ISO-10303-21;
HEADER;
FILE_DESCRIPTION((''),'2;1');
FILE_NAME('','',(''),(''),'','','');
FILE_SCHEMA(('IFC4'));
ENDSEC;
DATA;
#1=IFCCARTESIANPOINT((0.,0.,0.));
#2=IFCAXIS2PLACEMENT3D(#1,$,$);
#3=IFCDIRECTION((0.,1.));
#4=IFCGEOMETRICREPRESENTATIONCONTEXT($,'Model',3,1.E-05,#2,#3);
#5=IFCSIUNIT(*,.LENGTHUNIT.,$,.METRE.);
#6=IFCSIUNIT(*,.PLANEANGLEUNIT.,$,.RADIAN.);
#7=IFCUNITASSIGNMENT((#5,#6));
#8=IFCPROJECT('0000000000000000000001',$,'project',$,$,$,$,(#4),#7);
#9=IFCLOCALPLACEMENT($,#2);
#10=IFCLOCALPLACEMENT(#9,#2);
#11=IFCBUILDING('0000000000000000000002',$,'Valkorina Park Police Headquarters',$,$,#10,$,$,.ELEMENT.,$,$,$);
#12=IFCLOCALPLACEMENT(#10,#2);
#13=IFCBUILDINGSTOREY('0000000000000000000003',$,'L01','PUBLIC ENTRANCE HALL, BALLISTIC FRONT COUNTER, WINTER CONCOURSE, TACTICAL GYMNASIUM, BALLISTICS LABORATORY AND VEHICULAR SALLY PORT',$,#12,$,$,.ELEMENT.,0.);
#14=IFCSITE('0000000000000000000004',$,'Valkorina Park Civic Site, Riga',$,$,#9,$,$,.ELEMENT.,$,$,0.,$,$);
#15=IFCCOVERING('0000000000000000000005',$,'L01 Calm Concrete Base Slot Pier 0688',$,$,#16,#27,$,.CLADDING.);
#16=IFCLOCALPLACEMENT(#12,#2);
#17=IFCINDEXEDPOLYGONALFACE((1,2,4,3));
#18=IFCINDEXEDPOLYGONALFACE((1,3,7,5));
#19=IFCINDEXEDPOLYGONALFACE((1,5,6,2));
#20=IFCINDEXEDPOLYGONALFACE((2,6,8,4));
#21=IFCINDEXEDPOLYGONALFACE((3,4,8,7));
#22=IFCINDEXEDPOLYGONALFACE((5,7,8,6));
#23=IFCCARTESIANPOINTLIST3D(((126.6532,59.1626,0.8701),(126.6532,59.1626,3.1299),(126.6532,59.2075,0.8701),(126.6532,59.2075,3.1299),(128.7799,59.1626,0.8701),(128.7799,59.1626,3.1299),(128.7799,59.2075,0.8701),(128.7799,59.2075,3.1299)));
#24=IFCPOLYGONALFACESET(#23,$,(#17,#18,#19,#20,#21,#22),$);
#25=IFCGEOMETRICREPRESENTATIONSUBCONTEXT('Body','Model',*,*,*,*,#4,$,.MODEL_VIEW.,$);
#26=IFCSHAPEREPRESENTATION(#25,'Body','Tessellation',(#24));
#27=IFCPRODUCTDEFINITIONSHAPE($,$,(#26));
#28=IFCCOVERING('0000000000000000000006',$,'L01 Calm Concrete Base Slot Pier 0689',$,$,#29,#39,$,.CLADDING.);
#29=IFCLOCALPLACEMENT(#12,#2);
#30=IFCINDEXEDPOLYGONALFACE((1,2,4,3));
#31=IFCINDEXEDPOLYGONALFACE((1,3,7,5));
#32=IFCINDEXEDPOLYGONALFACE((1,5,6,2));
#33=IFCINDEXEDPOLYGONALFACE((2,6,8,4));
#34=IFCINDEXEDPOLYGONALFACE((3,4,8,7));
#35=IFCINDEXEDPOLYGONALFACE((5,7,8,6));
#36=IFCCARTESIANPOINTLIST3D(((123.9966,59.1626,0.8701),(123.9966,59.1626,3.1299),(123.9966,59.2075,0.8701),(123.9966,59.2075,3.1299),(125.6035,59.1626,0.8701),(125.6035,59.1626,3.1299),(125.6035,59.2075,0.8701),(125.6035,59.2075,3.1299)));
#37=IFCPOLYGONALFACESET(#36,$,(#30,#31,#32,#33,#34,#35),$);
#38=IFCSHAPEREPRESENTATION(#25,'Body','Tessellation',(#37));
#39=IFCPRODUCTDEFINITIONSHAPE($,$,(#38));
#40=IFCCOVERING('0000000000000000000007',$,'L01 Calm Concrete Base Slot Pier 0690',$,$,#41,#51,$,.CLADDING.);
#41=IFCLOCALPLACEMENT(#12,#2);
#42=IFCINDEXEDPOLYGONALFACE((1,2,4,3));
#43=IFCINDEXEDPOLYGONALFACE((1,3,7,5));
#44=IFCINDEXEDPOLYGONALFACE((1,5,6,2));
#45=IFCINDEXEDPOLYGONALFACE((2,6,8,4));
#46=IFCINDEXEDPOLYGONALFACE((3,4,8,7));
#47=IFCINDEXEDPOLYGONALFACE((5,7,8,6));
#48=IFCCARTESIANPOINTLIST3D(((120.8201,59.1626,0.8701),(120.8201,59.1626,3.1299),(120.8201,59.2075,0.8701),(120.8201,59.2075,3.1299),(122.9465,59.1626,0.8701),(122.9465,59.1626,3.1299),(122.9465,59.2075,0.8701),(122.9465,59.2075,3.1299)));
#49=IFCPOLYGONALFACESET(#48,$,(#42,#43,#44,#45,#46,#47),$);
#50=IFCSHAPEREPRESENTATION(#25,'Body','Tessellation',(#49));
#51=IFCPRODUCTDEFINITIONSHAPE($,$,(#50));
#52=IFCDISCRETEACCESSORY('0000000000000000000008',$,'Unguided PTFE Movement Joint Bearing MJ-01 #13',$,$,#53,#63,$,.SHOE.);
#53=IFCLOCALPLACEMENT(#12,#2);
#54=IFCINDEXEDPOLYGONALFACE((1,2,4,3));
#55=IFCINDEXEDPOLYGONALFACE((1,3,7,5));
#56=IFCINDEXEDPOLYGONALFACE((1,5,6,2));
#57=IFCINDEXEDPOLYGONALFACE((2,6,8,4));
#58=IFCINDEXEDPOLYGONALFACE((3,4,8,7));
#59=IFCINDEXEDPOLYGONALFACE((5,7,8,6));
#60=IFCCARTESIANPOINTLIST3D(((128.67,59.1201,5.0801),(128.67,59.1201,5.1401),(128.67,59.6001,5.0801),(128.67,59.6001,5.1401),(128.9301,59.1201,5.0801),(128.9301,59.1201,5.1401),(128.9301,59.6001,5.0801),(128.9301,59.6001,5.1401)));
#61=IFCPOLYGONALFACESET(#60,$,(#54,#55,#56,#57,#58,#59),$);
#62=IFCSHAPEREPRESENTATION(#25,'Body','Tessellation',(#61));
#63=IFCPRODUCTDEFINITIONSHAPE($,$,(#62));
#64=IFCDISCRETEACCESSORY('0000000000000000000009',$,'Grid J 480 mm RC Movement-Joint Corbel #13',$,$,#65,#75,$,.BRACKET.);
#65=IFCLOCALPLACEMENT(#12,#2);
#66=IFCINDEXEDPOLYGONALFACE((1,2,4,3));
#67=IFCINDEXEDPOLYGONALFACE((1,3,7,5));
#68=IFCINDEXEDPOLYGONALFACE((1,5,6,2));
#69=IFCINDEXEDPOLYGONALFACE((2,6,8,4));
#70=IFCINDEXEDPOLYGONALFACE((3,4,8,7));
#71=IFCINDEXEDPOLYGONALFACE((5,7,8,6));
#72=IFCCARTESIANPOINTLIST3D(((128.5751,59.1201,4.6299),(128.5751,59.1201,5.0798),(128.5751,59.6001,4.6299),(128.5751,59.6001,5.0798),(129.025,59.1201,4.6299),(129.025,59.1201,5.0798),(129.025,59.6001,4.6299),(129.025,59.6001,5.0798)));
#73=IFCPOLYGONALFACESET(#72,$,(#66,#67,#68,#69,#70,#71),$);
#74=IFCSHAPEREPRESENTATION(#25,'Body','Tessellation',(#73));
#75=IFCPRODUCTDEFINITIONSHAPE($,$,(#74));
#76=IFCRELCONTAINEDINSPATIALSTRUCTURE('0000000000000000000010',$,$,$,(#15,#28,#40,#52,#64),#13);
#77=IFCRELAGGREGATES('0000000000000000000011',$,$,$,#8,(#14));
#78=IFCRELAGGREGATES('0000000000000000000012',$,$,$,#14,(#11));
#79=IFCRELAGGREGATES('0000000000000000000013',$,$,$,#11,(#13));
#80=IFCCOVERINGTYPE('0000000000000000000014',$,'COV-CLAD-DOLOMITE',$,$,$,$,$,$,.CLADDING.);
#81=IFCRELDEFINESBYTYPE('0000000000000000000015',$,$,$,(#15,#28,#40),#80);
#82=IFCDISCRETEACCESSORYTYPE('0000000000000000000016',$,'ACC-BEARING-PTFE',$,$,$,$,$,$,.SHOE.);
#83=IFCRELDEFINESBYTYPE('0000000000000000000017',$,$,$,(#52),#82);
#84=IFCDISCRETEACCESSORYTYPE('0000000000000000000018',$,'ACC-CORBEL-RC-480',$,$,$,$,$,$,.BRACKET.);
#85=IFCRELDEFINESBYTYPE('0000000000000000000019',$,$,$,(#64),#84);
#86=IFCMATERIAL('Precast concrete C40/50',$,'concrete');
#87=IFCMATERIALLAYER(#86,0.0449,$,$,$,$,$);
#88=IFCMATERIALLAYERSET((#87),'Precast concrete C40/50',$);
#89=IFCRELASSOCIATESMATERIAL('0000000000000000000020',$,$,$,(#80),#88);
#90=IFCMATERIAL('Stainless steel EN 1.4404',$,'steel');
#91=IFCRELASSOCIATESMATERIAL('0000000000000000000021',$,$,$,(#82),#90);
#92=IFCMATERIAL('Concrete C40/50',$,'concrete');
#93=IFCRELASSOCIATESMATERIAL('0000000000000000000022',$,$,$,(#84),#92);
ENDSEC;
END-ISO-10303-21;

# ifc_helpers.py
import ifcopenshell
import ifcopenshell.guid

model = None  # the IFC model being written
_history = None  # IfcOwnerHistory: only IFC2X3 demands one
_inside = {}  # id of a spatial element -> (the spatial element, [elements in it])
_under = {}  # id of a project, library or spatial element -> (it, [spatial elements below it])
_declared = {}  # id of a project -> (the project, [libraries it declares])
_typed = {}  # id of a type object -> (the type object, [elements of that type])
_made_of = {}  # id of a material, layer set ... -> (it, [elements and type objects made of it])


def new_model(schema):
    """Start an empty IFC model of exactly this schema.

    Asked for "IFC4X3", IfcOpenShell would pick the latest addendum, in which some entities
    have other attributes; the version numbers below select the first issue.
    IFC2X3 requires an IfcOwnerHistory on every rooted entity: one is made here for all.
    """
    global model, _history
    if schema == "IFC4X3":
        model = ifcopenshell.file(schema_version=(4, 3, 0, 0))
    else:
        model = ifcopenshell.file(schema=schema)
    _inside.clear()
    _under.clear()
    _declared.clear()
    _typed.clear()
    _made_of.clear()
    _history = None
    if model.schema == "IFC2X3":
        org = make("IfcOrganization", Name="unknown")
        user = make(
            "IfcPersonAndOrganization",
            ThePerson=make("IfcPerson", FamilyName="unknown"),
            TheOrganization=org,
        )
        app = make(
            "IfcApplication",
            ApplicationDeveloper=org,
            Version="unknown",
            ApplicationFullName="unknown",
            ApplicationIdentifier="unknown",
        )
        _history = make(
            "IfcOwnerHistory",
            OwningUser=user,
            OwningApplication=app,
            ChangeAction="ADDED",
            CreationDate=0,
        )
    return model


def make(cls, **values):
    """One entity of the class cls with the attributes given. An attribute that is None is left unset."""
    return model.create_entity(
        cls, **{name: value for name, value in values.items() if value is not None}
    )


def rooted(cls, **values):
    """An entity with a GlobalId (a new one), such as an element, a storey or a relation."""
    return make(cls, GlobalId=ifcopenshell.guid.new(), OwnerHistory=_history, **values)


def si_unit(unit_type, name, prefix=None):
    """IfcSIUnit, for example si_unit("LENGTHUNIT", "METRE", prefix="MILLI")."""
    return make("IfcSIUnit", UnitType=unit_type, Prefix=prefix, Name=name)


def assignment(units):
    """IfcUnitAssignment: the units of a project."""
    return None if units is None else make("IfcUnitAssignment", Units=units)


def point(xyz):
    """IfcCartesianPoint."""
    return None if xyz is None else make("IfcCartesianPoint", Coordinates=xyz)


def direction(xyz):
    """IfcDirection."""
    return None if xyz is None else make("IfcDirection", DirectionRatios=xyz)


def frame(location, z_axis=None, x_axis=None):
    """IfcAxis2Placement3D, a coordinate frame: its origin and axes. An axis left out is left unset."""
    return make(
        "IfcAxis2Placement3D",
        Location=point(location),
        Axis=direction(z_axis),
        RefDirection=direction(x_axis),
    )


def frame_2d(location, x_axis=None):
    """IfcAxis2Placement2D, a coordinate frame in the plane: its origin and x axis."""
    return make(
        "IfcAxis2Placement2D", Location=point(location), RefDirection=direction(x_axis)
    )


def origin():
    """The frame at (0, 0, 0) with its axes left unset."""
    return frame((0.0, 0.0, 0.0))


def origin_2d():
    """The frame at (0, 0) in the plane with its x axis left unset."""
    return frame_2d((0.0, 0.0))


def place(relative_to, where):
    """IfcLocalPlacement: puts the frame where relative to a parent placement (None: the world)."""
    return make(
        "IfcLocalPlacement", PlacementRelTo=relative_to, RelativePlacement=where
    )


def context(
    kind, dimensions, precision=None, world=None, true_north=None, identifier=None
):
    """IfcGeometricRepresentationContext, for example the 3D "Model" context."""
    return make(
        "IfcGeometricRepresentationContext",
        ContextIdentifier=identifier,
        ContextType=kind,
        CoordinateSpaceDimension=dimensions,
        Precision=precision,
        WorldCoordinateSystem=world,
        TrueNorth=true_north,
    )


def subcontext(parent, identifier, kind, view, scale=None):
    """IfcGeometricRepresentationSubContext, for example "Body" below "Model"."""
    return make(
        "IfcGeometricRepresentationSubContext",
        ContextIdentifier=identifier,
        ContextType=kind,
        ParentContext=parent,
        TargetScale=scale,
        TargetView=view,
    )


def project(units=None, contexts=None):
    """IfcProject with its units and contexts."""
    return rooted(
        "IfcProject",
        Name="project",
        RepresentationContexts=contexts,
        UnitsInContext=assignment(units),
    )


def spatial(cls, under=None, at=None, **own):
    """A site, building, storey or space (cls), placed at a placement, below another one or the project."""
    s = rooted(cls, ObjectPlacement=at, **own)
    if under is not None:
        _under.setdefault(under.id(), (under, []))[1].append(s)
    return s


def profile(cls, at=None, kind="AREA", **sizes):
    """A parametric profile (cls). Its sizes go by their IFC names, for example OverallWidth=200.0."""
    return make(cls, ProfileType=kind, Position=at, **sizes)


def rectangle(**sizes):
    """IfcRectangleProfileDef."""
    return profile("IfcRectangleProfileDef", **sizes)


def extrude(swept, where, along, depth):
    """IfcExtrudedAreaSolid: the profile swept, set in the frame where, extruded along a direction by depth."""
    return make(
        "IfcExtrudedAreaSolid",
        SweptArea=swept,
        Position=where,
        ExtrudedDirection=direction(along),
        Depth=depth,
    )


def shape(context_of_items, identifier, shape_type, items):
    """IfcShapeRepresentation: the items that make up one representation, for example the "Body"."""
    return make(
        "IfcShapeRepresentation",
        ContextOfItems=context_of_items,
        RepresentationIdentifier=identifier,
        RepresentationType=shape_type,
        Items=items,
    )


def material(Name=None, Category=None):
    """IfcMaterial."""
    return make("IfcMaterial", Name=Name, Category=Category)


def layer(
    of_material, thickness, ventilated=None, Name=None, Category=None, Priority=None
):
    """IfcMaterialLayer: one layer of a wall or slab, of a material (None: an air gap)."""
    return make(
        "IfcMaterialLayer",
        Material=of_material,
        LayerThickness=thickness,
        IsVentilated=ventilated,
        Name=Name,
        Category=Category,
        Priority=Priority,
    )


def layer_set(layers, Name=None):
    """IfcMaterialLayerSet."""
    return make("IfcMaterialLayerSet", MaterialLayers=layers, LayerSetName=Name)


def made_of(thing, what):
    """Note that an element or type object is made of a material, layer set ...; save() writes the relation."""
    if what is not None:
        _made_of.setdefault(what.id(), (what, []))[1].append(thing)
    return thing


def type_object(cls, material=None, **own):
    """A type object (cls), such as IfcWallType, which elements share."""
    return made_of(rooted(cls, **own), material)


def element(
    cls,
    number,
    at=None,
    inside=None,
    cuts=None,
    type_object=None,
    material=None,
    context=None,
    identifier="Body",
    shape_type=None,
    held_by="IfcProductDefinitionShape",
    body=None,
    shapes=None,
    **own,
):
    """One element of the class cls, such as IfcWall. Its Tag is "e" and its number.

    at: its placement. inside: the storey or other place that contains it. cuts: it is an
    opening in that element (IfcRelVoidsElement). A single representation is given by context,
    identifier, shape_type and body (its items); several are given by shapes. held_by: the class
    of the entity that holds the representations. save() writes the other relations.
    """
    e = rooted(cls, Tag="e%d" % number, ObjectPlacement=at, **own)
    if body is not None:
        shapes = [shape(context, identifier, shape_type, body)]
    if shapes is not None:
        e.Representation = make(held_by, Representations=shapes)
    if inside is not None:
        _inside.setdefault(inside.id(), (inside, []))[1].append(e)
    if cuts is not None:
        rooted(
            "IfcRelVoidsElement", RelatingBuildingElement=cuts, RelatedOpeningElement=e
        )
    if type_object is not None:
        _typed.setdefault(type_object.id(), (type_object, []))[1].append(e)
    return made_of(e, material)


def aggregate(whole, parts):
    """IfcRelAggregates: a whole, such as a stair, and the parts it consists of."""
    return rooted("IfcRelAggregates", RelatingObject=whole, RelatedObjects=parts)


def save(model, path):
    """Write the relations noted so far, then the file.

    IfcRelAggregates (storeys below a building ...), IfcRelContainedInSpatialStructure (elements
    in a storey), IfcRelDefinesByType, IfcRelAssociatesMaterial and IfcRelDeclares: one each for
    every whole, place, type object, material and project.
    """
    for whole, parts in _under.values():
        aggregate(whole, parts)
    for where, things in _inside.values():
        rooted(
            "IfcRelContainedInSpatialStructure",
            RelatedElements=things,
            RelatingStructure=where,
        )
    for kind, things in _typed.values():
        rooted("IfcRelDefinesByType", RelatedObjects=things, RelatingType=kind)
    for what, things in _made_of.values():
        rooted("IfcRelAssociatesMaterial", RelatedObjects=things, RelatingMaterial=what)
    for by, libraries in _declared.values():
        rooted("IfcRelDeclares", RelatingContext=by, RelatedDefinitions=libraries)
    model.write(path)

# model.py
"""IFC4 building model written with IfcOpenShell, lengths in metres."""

from ifc_helpers import new_model, si_unit, direction, frame, frame_2d, origin, origin_2d, place, context, subcontext, project, spatial, rectangle, extrude, material, layer, layer_set, type_object, element, save


model = new_model("IFC4")

# Units and contexts
model_context = context("Model", 3, precision=1e-05, world=origin(), true_north=direction((0.0, 1.0)))
body_context = subcontext(model_context, "Body", "Model", "MODEL_VIEW")
ifc_project = project(units=[si_unit("LENGTHUNIT", "METRE"), si_unit("PLANEANGLEUNIT", "RADIAN")], contexts=[model_context])

# Site, building, storey
site_placement = place(None, origin())
site = spatial("IfcSite", under=ifc_project, at=site_placement, Name="Valkorina Park Civic Site, Riga", CompositionType="ELEMENT", RefElevation=0.0)
building_placement = place(site_placement, origin())
building = spatial("IfcBuilding", under=site, at=building_placement, Name="Valkorina Park Police Headquarters", CompositionType="ELEMENT")
storey_placement = place(building_placement, origin())
storey = spatial("IfcBuildingStorey", under=building, at=storey_placement, Name="L01", Description="PUBLIC ENTRANCE HALL, BALLISTIC FRONT COUNTER, WINTER CONCOURSE, TACTICAL GYMNASIUM, BALLISTICS LABORATORY AND VEHICULAR SALLY PORT", CompositionType="ELEMENT", Elevation=0.0)

# Shared definitions
ifc_material_1 = material(Name="Concrete C40/50", Category="concrete")

# Coverings
ifc_material_2 = material(Name="Precast concrete C40/50", Category="concrete")
ifc_layer_1 = layer(ifc_material_2, 0.0449)
ifc_layer_set_1 = layer_set([ifc_layer_1], Name="Precast concrete C40/50")
covering_type = type_object("IfcCoveringType", Name="COV-CLAD-DOLOMITE", PredefinedType="CLADDING", material=ifc_layer_set_1)
covering_1_placement = place(storey_placement, frame((128.78, 59.1851, 0.8701), z_axis=(0.0, 0.0, 1.0), x_axis=(-1.0, 0.0, 0.0)))
element("IfcCovering", 1, at=covering_1_placement, inside=storey, type_object=covering_type, Name="L01 Calm Concrete Base Slot Pier 0688", PredefinedType="CLADDING", context=body_context, shape_type="SweptSolid", body=[
    extrude(rectangle(XDim=2.1267, YDim=0.0449, at=frame_2d((1.0635, 0.0))), origin(), (0.0, 0.0, 1.0), 2.2598),
])
covering_2_placement = place(storey_placement, frame((125.6035, 59.1851, 0.8701), z_axis=(0.0, 0.0, 1.0), x_axis=(-1.0, 0.0, 0.0)))
element("IfcCovering", 2, at=covering_2_placement, inside=storey, type_object=covering_type, Name="L01 Calm Concrete Base Slot Pier 0689", PredefinedType="CLADDING", context=body_context, shape_type="SweptSolid", body=[
    extrude(rectangle(XDim=1.6069, YDim=0.0449, at=frame_2d((0.8035, 0.0))), origin(), (0.0, 0.0, 1.0), 2.2598),
])
covering_3_placement = place(storey_placement, frame((122.9465, 59.1851, 0.8701), z_axis=(0.0, 0.0, 1.0), x_axis=(-1.0, 0.0, 0.0)))
element("IfcCovering", 3, at=covering_3_placement, inside=storey, type_object=covering_type, Name="L01 Calm Concrete Base Slot Pier 0690", PredefinedType="CLADDING", context=body_context, shape_type="SweptSolid", body=[
    extrude(rectangle(XDim=2.1265, YDim=0.0449, at=frame_2d((1.0632, 0.0))), origin(), (0.0, 0.0, 1.0), 2.2598),
])

# Discrete accessories
ifc_material_3 = material(Name="Stainless steel EN 1.4404", Category="steel")
discrete_accessory_type_1 = type_object("IfcDiscreteAccessoryType", Name="ACC-BEARING-PTFE", PredefinedType="SHOE", material=ifc_material_3)
discrete_accessory_1_placement = place(storey_placement, frame((128.8, 59.3601, 5.0801), z_axis=(0.0, 0.0, 1.0), x_axis=(1.0, 0.0, 0.0)))
element("IfcDiscreteAccessory", 4, at=discrete_accessory_1_placement, inside=storey, type_object=discrete_accessory_type_1, Name="Unguided PTFE Movement Joint Bearing MJ-01 #13", PredefinedType="SHOE", context=body_context, shape_type="SweptSolid", body=[
    extrude(rectangle(XDim=0.26, YDim=0.48, at=origin_2d()), origin(), (0.0, 0.0, 1.0), 0.0601),
])
discrete_accessory_type_2 = type_object("IfcDiscreteAccessoryType", Name="ACC-CORBEL-RC-480", PredefinedType="BRACKET", material=ifc_material_1)
discrete_accessory_2_placement = place(storey_placement, frame((128.8, 59.3601, 4.6299), z_axis=(0.0, 0.0, 1.0), x_axis=(1.0, 0.0, 0.0)))
element("IfcDiscreteAccessory", 5, at=discrete_accessory_2_placement, inside=storey, type_object=discrete_accessory_type_2, Name="Grid J 480 mm RC Movement-Joint Corbel #13", PredefinedType="BRACKET", context=body_context, shape_type="SweptSolid", body=[
    extrude(rectangle(XDim=0.45, YDim=0.48, at=origin_2d()), origin(), (0.0, 0.0, 1.0), 0.45),
])

save(model, "model.ifc")
